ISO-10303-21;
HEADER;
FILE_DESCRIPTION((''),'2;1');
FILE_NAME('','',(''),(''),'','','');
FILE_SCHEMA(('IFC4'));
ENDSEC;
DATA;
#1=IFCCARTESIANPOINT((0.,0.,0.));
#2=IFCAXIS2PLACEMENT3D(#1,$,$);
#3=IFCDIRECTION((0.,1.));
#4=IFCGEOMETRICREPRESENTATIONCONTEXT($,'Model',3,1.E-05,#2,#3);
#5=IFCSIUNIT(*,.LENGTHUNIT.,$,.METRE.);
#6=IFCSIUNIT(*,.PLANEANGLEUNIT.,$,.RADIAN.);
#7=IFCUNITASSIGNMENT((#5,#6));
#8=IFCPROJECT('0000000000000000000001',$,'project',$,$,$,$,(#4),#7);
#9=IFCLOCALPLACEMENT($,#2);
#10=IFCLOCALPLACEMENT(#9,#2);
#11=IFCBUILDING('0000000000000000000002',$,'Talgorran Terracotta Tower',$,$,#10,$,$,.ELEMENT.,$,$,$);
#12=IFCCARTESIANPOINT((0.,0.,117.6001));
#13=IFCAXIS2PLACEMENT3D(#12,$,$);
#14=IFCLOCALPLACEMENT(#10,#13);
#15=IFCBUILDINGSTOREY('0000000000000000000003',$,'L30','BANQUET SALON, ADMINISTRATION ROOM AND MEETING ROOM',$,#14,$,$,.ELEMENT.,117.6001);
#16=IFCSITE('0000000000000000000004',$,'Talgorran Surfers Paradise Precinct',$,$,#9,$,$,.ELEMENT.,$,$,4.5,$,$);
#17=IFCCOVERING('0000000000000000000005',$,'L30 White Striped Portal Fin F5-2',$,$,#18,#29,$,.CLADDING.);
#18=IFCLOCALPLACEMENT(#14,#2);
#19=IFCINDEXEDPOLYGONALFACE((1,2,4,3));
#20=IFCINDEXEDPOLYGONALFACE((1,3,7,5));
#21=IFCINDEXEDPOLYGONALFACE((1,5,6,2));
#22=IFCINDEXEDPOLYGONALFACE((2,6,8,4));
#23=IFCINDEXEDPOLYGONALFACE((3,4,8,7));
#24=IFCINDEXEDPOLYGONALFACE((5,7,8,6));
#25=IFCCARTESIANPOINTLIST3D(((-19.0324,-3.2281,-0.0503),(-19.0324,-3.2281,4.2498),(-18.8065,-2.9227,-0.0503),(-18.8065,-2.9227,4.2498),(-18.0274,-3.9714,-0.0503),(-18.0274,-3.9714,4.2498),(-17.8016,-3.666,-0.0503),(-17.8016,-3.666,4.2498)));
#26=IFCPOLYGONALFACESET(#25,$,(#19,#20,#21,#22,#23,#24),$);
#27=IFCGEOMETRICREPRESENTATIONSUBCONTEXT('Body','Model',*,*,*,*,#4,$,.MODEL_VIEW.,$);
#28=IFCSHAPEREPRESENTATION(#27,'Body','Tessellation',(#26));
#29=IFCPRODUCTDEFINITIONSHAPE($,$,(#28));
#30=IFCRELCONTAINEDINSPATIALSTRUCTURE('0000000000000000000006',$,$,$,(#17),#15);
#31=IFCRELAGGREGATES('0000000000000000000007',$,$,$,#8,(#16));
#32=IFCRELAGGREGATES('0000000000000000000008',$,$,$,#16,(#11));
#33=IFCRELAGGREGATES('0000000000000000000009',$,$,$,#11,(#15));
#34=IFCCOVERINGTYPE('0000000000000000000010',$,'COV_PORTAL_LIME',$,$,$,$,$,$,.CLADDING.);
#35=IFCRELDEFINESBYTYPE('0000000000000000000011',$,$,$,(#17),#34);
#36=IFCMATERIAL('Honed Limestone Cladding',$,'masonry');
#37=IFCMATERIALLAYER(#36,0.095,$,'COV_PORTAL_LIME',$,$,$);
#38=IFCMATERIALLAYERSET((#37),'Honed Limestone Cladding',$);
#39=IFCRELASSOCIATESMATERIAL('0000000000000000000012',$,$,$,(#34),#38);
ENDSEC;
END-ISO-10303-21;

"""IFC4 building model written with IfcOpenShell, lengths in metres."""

from ifc_helpers import new_model, si_unit, direction, frame, origin, origin_2d, place, context, subcontext, project, spatial, rectangle, extrude, material, layer, layer_set, type_object, element, save


model = new_model("IFC4")

# Units and contexts
model_context = context("Model", 3, precision=1e-05, world=origin(), true_north=direction((0.0, 1.0)))
body_context = subcontext(model_context, "Body", "Model", "MODEL_VIEW")
ifc_project = project(units=[si_unit("LENGTHUNIT", "METRE"), si_unit("PLANEANGLEUNIT", "RADIAN")], contexts=[model_context])

# Site, building, storey
site_placement = place(None, origin())
site = spatial("IfcSite", under=ifc_project, at=site_placement, Name="Talgorran Surfers Paradise Precinct", CompositionType="ELEMENT", RefElevation=4.5)
building_placement = place(site_placement, origin())
building = spatial("IfcBuilding", under=site, at=building_placement, Name="Talgorran Terracotta Tower", CompositionType="ELEMENT")
storey_placement = place(building_placement, frame((0.0, 0.0, 117.6001)))
storey = spatial("IfcBuildingStorey", under=building, at=storey_placement, Name="L30", Description="BANQUET SALON, ADMINISTRATION ROOM AND MEETING ROOM", CompositionType="ELEMENT", Elevation=117.6001)

# Covering
ifc_material_1 = material(Name="Honed Limestone Cladding", Category="masonry")
ifc_layer_1 = layer(ifc_material_1, 0.095, Name="COV_PORTAL_LIME")
ifc_layer_set_1 = layer_set([ifc_layer_1], Name="Honed Limestone Cladding")
covering_type_1 = type_object("IfcCoveringType", Name="COV_PORTAL_LIME", PredefinedType="CLADDING", material=ifc_layer_set_1)
covering_1_placement = place(storey_placement, frame((-18.417, -3.447, -0.0503), z_axis=(0.0, 0.0, 1.0), x_axis=(-0.59464, -0.803992, 0.0)))
element("IfcCovering", 1, at=covering_1_placement, inside=storey, type_object=covering_type_1, Name="L30 White Striped Portal Fin F5-2", PredefinedType="CLADDING", context=body_context, shape_type="SweptSolid", body=[
    extrude(rectangle(XDim=0.3799, YDim=1.25, at=origin_2d()), origin(), (0.0, 0.0, 1.0), 4.3),
])

save(model, "model.ifc")
